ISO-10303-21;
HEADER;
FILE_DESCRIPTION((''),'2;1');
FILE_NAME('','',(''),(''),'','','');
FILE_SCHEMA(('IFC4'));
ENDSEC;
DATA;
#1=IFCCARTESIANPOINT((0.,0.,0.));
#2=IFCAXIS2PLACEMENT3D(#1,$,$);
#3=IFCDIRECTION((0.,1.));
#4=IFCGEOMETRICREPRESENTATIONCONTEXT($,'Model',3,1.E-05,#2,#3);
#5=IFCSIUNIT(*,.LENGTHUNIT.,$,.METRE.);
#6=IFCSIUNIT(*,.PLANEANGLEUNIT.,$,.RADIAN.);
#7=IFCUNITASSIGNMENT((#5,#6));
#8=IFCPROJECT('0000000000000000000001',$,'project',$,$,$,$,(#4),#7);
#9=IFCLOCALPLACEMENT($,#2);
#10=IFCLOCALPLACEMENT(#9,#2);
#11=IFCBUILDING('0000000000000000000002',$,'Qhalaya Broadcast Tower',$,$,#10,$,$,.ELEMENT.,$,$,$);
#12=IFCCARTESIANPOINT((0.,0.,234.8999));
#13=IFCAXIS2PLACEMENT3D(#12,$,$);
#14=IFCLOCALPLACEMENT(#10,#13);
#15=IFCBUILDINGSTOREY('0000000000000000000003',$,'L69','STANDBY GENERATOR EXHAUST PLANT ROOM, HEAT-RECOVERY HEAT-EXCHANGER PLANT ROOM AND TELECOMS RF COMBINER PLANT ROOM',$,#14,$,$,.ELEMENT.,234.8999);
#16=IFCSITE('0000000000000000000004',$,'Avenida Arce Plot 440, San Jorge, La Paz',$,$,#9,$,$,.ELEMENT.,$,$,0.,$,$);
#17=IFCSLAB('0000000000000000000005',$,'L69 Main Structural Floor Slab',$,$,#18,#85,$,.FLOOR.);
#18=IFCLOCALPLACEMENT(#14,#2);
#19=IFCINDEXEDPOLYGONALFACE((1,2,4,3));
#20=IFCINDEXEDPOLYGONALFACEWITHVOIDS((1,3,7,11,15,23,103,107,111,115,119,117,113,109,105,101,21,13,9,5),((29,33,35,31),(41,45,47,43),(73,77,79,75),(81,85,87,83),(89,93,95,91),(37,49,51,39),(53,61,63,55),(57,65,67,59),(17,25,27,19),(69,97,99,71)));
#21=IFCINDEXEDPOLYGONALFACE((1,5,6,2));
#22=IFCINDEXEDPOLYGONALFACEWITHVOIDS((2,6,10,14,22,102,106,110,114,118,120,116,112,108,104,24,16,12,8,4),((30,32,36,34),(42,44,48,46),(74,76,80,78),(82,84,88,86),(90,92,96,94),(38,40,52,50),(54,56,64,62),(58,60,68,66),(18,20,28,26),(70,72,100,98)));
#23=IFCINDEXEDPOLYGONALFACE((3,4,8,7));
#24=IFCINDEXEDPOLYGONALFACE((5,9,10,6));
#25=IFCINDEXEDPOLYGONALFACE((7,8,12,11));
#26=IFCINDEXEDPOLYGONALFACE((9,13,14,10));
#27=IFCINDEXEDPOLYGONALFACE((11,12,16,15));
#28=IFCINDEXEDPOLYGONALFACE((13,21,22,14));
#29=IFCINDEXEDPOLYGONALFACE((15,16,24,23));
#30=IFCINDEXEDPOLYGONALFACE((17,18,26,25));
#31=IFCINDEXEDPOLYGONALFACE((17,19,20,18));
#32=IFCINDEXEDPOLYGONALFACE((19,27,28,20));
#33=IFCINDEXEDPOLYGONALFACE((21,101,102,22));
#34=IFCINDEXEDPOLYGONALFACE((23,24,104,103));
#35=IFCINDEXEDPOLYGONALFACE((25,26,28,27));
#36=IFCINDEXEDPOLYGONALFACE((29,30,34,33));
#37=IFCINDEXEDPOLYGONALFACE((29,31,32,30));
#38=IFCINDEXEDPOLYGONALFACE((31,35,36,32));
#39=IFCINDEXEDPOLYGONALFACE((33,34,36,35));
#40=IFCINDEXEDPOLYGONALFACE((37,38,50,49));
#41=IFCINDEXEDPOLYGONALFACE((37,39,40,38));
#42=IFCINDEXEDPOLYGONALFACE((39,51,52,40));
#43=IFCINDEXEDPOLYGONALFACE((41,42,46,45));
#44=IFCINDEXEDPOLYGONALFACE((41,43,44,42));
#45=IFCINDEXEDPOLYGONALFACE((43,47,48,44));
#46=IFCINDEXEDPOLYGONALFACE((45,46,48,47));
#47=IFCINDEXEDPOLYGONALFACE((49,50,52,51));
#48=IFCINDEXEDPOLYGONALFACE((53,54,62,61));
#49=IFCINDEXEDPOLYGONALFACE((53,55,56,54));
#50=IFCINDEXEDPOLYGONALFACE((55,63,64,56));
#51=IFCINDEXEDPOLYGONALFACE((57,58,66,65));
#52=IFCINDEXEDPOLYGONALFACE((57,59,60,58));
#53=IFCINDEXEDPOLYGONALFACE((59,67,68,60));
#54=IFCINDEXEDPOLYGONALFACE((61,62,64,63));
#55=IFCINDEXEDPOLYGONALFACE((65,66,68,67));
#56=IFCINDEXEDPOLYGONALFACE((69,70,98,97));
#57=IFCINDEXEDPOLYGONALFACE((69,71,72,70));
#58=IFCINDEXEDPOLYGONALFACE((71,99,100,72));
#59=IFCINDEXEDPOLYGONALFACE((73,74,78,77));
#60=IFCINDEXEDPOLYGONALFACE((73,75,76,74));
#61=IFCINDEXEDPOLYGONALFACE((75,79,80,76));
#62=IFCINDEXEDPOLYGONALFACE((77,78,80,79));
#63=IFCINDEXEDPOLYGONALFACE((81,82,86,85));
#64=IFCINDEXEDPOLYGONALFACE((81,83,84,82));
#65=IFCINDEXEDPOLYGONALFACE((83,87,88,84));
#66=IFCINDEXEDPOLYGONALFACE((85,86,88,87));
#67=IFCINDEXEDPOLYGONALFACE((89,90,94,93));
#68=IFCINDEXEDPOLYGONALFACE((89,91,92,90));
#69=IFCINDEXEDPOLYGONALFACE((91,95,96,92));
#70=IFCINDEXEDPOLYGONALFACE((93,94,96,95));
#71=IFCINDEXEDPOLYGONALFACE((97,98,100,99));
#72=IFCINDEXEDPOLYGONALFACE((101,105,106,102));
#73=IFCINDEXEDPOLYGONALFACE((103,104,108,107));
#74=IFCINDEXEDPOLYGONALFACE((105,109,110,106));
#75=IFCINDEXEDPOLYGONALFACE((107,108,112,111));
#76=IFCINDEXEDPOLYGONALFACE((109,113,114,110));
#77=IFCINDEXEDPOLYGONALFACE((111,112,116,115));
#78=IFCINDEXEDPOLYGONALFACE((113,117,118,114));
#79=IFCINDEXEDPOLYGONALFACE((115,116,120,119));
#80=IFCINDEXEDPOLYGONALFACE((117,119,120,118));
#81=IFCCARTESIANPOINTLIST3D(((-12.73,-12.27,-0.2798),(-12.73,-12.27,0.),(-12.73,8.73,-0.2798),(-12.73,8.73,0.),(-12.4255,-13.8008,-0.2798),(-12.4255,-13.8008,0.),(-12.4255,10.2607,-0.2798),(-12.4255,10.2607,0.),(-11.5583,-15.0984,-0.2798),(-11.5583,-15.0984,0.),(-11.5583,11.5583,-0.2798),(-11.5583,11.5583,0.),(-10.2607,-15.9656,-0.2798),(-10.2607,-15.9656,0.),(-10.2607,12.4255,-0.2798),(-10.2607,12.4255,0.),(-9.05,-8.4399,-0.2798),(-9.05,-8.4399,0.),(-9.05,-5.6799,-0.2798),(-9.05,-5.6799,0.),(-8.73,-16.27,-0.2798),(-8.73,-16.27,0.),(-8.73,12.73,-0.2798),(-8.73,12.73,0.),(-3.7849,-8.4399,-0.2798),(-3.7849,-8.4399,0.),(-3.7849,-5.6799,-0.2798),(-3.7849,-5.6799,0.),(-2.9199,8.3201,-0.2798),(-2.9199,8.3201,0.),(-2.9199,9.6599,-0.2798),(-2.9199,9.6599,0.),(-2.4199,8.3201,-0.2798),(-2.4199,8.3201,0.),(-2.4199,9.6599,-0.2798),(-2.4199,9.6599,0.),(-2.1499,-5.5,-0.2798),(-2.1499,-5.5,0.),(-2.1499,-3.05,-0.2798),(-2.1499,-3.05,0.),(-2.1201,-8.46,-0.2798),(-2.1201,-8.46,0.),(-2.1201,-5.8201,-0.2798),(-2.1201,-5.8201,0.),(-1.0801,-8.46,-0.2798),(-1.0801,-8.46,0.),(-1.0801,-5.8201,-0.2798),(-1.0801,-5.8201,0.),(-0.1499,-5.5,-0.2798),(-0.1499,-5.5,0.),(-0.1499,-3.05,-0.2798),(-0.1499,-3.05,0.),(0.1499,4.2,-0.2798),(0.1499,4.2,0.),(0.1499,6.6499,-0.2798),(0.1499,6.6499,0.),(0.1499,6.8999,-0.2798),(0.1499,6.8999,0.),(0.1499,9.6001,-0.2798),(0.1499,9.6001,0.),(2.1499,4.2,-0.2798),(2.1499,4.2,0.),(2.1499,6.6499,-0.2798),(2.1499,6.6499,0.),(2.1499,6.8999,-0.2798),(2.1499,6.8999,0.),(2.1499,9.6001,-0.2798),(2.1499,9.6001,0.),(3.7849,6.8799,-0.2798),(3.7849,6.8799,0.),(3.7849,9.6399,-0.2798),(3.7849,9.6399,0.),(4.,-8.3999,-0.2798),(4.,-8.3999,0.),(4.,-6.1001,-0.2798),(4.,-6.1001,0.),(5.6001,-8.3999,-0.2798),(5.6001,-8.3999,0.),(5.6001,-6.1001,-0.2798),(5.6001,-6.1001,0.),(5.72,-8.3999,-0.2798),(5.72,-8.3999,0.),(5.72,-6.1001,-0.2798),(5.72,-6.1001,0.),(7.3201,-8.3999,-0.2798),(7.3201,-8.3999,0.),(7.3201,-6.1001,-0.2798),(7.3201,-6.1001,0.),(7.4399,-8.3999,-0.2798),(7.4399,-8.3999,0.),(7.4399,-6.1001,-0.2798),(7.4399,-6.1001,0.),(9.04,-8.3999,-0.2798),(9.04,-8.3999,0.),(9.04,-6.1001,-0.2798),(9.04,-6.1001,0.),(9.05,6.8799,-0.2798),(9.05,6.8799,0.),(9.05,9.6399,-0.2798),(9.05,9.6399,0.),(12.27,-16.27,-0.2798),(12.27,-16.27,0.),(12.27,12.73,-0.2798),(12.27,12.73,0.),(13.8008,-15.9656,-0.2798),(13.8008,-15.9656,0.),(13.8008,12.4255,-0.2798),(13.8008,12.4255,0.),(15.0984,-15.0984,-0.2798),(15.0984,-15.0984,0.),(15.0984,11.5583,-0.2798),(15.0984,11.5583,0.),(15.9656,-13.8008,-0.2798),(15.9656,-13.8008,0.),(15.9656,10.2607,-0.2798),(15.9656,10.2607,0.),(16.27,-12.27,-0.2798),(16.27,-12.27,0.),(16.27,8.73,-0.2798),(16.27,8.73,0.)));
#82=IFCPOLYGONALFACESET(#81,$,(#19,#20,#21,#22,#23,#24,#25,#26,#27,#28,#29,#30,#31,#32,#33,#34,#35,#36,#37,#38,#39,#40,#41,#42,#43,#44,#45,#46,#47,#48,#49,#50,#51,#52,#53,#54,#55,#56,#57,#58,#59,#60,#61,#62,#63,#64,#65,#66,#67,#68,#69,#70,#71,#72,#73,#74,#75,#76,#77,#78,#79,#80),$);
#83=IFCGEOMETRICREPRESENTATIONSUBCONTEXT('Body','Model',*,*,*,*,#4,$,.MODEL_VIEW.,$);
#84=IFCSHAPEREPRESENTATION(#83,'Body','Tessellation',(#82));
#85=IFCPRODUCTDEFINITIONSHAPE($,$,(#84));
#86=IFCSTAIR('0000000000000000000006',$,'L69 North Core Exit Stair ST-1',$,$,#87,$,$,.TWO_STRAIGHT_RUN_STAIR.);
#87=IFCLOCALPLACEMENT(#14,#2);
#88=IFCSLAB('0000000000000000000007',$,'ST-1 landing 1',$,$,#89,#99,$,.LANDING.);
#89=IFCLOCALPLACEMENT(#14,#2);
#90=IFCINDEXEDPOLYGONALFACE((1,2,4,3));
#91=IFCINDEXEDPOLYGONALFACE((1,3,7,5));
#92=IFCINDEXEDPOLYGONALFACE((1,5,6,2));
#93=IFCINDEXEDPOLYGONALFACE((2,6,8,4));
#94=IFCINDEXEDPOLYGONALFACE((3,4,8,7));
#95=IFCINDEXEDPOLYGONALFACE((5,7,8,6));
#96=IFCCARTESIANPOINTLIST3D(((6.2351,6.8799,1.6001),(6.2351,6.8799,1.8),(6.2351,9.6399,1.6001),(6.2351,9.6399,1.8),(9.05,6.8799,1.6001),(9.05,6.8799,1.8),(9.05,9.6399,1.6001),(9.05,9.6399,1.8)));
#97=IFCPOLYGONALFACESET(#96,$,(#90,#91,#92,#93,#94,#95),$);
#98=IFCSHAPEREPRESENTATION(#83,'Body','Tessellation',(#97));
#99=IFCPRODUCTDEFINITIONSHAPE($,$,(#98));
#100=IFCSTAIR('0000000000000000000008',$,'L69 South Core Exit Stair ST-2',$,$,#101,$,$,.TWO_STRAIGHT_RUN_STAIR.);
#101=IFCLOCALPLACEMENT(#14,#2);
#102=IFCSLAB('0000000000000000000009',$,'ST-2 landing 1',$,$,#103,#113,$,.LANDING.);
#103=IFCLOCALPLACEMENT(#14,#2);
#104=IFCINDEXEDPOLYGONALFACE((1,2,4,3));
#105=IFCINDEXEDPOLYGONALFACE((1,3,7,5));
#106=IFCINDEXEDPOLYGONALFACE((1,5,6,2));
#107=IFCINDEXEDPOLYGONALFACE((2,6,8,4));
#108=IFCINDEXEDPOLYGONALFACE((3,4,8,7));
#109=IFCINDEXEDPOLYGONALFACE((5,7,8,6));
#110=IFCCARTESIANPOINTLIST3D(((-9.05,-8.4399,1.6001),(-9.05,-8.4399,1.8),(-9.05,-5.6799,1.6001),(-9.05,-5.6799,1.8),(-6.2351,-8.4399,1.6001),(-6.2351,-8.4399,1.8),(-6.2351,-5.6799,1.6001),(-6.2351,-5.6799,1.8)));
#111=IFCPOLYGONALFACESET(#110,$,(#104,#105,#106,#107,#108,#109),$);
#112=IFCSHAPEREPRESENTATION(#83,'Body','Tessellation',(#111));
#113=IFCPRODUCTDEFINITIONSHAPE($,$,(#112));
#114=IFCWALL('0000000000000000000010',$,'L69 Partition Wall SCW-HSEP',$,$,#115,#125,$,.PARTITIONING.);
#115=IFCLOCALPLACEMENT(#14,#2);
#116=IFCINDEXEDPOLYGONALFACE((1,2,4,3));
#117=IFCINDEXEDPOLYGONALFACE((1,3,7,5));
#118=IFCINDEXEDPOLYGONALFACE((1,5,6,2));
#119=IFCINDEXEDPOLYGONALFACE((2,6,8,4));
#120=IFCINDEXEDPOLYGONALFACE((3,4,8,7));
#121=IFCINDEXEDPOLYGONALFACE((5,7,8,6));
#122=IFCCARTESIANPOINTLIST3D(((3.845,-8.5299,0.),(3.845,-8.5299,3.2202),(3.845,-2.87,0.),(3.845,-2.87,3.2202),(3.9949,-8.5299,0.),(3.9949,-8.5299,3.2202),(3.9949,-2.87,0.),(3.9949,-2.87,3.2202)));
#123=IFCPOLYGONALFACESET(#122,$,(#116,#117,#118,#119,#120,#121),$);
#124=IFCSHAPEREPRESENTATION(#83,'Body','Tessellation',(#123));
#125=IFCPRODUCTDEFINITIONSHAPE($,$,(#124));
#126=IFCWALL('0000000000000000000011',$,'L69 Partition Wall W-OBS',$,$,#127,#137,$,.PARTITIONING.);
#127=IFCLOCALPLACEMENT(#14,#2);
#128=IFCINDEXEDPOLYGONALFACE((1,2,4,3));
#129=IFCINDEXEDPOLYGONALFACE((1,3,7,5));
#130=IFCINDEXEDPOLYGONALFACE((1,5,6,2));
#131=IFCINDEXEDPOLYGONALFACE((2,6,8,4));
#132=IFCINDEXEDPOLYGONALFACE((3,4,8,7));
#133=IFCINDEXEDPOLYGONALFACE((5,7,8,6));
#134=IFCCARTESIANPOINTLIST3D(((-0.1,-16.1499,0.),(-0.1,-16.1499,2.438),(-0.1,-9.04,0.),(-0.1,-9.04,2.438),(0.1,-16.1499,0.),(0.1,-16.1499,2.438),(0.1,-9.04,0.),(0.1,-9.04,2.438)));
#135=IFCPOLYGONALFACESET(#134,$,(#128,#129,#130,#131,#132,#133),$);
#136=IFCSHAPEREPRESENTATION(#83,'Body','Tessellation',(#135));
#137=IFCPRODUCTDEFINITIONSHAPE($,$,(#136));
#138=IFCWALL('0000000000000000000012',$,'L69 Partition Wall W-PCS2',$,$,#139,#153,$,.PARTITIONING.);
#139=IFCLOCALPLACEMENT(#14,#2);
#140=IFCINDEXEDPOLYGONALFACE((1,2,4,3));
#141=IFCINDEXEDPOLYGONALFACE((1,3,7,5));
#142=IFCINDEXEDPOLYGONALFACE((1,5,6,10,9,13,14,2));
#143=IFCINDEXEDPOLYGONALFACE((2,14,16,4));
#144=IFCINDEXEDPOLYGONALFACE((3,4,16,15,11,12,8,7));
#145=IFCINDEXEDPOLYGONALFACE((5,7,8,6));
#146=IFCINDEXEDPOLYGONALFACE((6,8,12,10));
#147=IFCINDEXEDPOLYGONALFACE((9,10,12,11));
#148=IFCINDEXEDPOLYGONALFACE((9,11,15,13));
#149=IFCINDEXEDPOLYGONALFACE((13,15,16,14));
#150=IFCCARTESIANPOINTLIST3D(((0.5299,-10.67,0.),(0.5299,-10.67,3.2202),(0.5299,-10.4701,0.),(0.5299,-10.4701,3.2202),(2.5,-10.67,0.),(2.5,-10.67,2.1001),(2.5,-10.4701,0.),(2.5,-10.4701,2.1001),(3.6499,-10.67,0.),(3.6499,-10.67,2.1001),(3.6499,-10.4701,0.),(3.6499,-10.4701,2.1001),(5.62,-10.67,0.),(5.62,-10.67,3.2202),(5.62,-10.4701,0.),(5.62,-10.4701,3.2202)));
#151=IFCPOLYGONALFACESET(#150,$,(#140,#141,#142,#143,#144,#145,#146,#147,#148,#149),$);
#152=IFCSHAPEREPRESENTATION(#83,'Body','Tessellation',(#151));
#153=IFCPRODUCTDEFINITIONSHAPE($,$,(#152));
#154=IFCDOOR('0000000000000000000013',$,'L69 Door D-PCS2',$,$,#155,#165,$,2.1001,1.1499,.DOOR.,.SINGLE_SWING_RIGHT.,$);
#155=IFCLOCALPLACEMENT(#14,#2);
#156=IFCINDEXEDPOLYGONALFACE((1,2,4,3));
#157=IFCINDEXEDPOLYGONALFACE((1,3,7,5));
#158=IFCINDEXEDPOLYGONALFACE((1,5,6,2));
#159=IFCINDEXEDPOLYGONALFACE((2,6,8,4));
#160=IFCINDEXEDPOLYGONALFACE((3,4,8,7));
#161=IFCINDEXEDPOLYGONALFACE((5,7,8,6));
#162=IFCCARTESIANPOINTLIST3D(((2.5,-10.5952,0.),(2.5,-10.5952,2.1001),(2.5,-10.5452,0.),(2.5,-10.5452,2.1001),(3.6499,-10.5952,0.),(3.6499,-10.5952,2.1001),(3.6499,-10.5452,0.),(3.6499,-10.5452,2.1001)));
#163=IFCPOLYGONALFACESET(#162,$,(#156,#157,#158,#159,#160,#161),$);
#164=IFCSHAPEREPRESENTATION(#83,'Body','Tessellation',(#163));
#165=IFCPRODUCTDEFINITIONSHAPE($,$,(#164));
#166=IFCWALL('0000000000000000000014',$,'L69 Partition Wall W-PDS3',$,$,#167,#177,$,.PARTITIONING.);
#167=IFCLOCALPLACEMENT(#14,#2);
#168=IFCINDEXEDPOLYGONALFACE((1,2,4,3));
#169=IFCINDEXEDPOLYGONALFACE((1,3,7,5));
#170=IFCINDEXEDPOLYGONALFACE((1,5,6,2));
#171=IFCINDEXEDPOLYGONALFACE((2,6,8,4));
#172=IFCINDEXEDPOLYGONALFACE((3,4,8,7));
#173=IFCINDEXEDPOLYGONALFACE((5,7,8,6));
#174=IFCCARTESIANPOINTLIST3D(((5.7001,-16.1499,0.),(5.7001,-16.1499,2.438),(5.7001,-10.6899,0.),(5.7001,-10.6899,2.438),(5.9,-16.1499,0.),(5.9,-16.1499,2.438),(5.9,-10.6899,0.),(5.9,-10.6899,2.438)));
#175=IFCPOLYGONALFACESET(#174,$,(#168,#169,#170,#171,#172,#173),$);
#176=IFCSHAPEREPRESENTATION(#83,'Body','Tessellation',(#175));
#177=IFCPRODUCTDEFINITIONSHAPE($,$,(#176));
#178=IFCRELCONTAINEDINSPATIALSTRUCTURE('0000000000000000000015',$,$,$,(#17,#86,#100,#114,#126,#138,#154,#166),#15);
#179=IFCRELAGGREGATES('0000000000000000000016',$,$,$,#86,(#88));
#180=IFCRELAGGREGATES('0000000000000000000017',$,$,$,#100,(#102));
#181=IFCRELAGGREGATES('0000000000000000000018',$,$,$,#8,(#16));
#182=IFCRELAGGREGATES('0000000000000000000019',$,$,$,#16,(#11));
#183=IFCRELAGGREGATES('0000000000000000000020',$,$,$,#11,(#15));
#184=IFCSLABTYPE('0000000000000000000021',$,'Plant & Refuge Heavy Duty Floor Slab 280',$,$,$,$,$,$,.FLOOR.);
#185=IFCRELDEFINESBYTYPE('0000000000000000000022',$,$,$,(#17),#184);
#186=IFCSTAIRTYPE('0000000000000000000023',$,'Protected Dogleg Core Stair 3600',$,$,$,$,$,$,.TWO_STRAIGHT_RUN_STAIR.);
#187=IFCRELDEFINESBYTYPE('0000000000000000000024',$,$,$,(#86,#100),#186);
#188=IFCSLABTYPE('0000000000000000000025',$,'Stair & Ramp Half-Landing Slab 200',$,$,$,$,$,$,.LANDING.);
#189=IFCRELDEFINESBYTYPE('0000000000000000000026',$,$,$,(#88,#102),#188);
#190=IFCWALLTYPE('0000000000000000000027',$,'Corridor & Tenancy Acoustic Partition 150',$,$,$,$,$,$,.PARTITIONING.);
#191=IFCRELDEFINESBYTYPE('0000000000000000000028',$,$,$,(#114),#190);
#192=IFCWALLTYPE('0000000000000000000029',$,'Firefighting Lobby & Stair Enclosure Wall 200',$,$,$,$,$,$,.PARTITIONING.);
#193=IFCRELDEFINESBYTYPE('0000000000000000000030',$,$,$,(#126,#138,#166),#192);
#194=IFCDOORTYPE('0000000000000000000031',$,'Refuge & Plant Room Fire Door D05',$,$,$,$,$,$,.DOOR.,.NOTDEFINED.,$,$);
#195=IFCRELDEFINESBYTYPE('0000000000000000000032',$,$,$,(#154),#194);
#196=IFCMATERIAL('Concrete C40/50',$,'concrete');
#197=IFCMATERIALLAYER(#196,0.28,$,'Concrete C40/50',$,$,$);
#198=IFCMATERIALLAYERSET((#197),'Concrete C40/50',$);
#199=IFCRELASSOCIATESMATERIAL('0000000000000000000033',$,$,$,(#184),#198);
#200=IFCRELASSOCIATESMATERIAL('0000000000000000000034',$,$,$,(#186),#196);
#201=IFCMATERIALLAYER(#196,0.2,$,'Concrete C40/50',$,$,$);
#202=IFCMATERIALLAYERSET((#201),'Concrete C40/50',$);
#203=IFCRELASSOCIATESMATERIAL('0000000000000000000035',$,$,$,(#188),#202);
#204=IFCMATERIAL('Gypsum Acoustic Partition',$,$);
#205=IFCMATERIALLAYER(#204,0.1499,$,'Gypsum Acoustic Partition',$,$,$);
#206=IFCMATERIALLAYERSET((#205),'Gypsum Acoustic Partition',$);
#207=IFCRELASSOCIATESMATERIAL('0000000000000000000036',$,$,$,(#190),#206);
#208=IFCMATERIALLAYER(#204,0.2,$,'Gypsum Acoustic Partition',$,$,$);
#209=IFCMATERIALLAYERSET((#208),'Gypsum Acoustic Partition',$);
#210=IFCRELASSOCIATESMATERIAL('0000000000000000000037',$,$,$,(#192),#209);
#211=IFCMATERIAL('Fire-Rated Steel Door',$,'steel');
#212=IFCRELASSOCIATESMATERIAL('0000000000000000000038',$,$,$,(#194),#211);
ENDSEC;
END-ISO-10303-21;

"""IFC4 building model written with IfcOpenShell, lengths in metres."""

from ifc_helpers import new_model, si_unit, direction, frame, frame_2d, origin, place, context, subcontext, project, spatial, polyline, rectangle, outline, extrude, material, layer, layer_set, type_object, element, fill, aggregate, save


model = new_model("IFC4")

# Units and contexts
model_context = context("Model", 3, precision=1e-05, world=origin(), true_north=direction((0.0, 1.0)))
body_context = subcontext(model_context, "Body", "Model", "MODEL_VIEW")
ifc_project = project(units=[si_unit("LENGTHUNIT", "METRE"), si_unit("PLANEANGLEUNIT", "RADIAN")], contexts=[model_context])

# Site, building, storey
site_placement = place(None, origin())
site = spatial("IfcSite", under=ifc_project, at=site_placement, Name="Avenida Arce Plot 440, San Jorge, La Paz", CompositionType="ELEMENT", RefElevation=0.0)
building_placement = place(site_placement, origin())
building = spatial("IfcBuilding", under=site, at=building_placement, Name="Qhalaya Broadcast Tower", CompositionType="ELEMENT")
storey_placement = place(building_placement, frame((0.0, 0.0, 234.8999)))
storey = spatial("IfcBuildingStorey", under=building, at=storey_placement, Name="L69", Description="STANDBY GENERATOR EXHAUST PLANT ROOM, HEAT-RECOVERY HEAT-EXCHANGER PLANT ROOM AND TELECOMS RF COMBINER PLANT ROOM", CompositionType="ELEMENT", Elevation=234.8999)

# Slab
ifc_material_1 = material(Name="Concrete C40/50", Category="concrete")
ifc_layer_1 = layer(ifc_material_1, 0.28, Name="Concrete C40/50")
ifc_layer_set_1 = layer_set([ifc_layer_1], Name="Concrete C40/50")
slab_type_1 = type_object("IfcSlabType", Name="Plant & Refuge Heavy Duty Floor Slab 280", PredefinedType="FLOOR", material=ifc_layer_set_1)
slab_1_placement = place(storey_placement, frame((0.0, 0.0, -0.2798)))
element("IfcSlab", 1, at=slab_1_placement, inside=storey, type_object=slab_type_1, Name="L69 Main Structural Floor Slab", PredefinedType="FLOOR", context=body_context, shape_type="SweptSolid", body=[
    extrude(outline(polyline([(12.27, -16.27), (13.8008, -15.9656), (15.0984, -15.0984), (15.9656, -13.8008), (16.27, -12.27), (16.27, 8.73), (15.9656, 10.2607), (15.0984, 11.5583), (13.8008, 12.4255), (12.27, 12.73), (-8.73, 12.73), (-10.2607, 12.4255), (-11.5583, 11.5583), (-12.4255, 10.2607), (-12.73, 8.73), (-12.73, -12.27), (-12.4255, -13.8008), (-11.5583, -15.0984), (-10.2607, -15.9656), (-8.73, -16.27), (12.27, -16.27)]), holes=[polyline([(3.7849, 9.6399), (9.05, 9.6399), (9.05, 6.8799), (3.7849, 6.8799), (3.7849, 9.6399)]), polyline([(-3.7849, -8.4399), (-9.05, -8.4399), (-9.05, -5.6799), (-3.7849, -5.6799), (-3.7849, -8.4399)]), polyline([(0.1499, 6.6499), (2.1499, 6.6499), (2.1499, 4.2), (0.1499, 4.2), (0.1499, 6.6499)]), polyline([(0.1499, 9.6001), (2.1499, 9.6001), (2.1499, 6.8999), (0.1499, 6.8999), (0.1499, 9.6001)]), polyline([(-2.1499, -3.05), (-0.1499, -3.05), (-0.1499, -5.5), (-2.1499, -5.5), (-2.1499, -3.05)]), polyline([(4.0, -6.1001), (5.6001, -6.1001), (5.6001, -8.3999), (4.0, -8.3999), (4.0, -6.1001)]), polyline([(5.72, -6.1001), (7.3201, -6.1001), (7.3201, -8.3999), (5.72, -8.3999), (5.72, -6.1001)]), polyline([(7.4399, -6.1001), (9.04, -6.1001), (9.04, -8.3999), (7.4399, -8.3999), (7.4399, -6.1001)]), polyline([(-2.9199, 9.6599), (-2.4199, 9.6599), (-2.4199, 8.3201), (-2.9199, 8.3201), (-2.9199, 9.6599)]), polyline([(-2.1201, -5.8201), (-1.0801, -5.8201), (-1.0801, -8.46), (-2.1201, -8.46), (-2.1201, -5.8201)])]), origin(), (0.0, 0.0, 1.0), 0.2798),
])

# Stairs, slabs
stair_type = type_object("IfcStairType", Name="Protected Dogleg Core Stair 3600", PredefinedType="TWO_STRAIGHT_RUN_STAIR", material=ifc_material_1)
stair_1_placement = place(storey_placement, origin())
stair_1 = element("IfcStair", 2, at=stair_1_placement, inside=storey, type_object=stair_type, Name="L69 North Core Exit Stair ST-1", PredefinedType="TWO_STRAIGHT_RUN_STAIR")
ifc_layer_2 = layer(ifc_material_1, 0.2, Name="Concrete C40/50")
ifc_layer_set_2 = layer_set([ifc_layer_2], Name="Concrete C40/50")
slab_type_2 = type_object("IfcSlabType", Name="Stair & Ramp Half-Landing Slab 200", PredefinedType="LANDING", material=ifc_layer_set_2)
slab_2_placement = place(storey_placement, frame((0.0, 0.0, 1.6001)))
slab_2 = element("IfcSlab", 3, at=slab_2_placement, type_object=slab_type_2, Name="ST-1 landing 1", PredefinedType="LANDING", context=body_context, shape_type="SweptSolid", body=[
    extrude(outline(polyline([(6.2351, 6.8799), (9.05, 6.8799), (9.05, 9.6399), (6.2351, 9.6399), (6.2351, 6.8799)])), origin(), (0.0, 0.0, 1.0), 0.2),
])
aggregate(stair_1, [slab_2])
stair_2_placement = place(storey_placement, origin())
stair_2 = element("IfcStair", 4, at=stair_2_placement, inside=storey, type_object=stair_type, Name="L69 South Core Exit Stair ST-2", PredefinedType="TWO_STRAIGHT_RUN_STAIR")
slab_3_placement = place(storey_placement, frame((0.0, 0.0, 1.6001)))
slab_3 = element("IfcSlab", 5, at=slab_3_placement, type_object=slab_type_2, Name="ST-2 landing 1", PredefinedType="LANDING", context=body_context, shape_type="SweptSolid", body=[
    extrude(outline(polyline([(-6.2351, -5.6799), (-9.05, -5.6799), (-9.05, -8.4399), (-6.2351, -8.4399), (-6.2351, -5.6799)])), origin(), (0.0, 0.0, 1.0), 0.2),
])
aggregate(stair_2, [slab_3])

# Walls
ifc_material_2 = material(Name="Gypsum Acoustic Partition")
ifc_layer_3 = layer(ifc_material_2, 0.1499, Name="Gypsum Acoustic Partition")
ifc_layer_set_3 = layer_set([ifc_layer_3], Name="Gypsum Acoustic Partition")
wall_type_1 = type_object("IfcWallType", Name="Corridor & Tenancy Acoustic Partition 150", PredefinedType="PARTITIONING", material=ifc_layer_set_3)
wall_1_placement = place(storey_placement, frame((3.9199, -8.53, 0.0), z_axis=(0.0, 0.0, 1.0), x_axis=(0.0, 1.0, 0.0)))
element("IfcWall", 6, at=wall_1_placement, inside=storey, type_object=wall_type_1, Name="L69 Partition Wall SCW-HSEP", PredefinedType="PARTITIONING", context=body_context, shape_type="SweptSolid", body=[
    extrude(rectangle(XDim=5.6599, YDim=0.1499, at=frame_2d((2.8301, 0.0))), origin(), (0.0, 0.0, 1.0), 3.2202),
])
ifc_layer_4 = layer(ifc_material_2, 0.2, Name="Gypsum Acoustic Partition")
ifc_layer_set_4 = layer_set([ifc_layer_4], Name="Gypsum Acoustic Partition")
wall_type_2 = type_object("IfcWallType", Name="Firefighting Lobby & Stair Enclosure Wall 200", PredefinedType="PARTITIONING", material=ifc_layer_set_4)
wall_2_placement = place(storey_placement, frame((0.0, -16.1499, 0.0), z_axis=(0.0, 0.0, 1.0), x_axis=(0.0, 1.0, 0.0)))
element("IfcWall", 7, at=wall_2_placement, inside=storey, type_object=wall_type_2, Name="L69 Partition Wall W-OBS", PredefinedType="PARTITIONING", context=body_context, shape_type="SweptSolid", body=[
    extrude(rectangle(XDim=7.1099, YDim=0.2, at=frame_2d((3.5549, 0.0))), origin(), (0.0, 0.0, 1.0), 2.438),
])

# Wall, opening, door
wall_3_placement = place(storey_placement, frame((0.53, -10.5701, 0.0), z_axis=(0.0, 0.0, 1.0), x_axis=(1.0, 0.0, 0.0)))
wall_3 = element("IfcWall", 8, at=wall_3_placement, inside=storey, type_object=wall_type_2, Name="L69 Partition Wall W-PCS2", PredefinedType="PARTITIONING", context=body_context, shape_type="SweptSolid", body=[
    extrude(rectangle(XDim=5.0901, YDim=0.2, at=frame_2d((2.5449, 0.0))), origin(), (0.0, 0.0, 1.0), 3.2202),
])
opening_1_placement = place(wall_3_placement, frame((1.97, 0.0, 0.0)))
opening_1 = element("IfcOpeningElement", 9, at=opening_1_placement, cuts=wall_3, PredefinedType="OPENING", context=body_context, shape_type="SweptSolid", body=[
    extrude(rectangle(XDim=1.1499, YDim=2.1001, at=frame_2d((0.575, 1.05))), frame((0.0, 0.1121, 0.0), z_axis=(0.0, -1.0, 0.0), x_axis=(1.0, 0.0, 0.0)), (0.0, 0.0, 1.0), 0.2239),
])
ifc_material_3 = material(Name="Fire-Rated Steel Door", Category="steel")
door_type_1 = type_object("IfcDoorType", Name="Refuge & Plant Room Fire Door D05", OperationType="NOTDEFINED", PredefinedType="DOOR", material=ifc_material_3)
door_1_placement = place(opening_1_placement, origin())
door_1 = element("IfcDoor", 10, at=door_1_placement, inside=storey, type_object=door_type_1, Name="L69 Door D-PCS2", OperationType="SINGLE_SWING_RIGHT", OverallHeight=2.1001, OverallWidth=1.1499, PredefinedType="DOOR", context=body_context, shape_type="SweptSolid", body=[
    extrude(rectangle(XDim=1.1499, YDim=2.1001, at=frame_2d((0.575, 1.05))), frame((0.0, 0.0249, 0.0), z_axis=(0.0, -1.0, 0.0), x_axis=(1.0, 0.0, 0.0)), (0.0, 0.0, 1.0), 0.05),
])
fill(opening_1, door_1)

# Wall
wall_4_placement = place(storey_placement, frame((5.8, -16.1499, 0.0), z_axis=(0.0, 0.0, 1.0), x_axis=(0.0, 1.0, 0.0)))
element("IfcWall", 11, at=wall_4_placement, inside=storey, type_object=wall_type_2, Name="L69 Partition Wall W-PDS3", PredefinedType="PARTITIONING", context=body_context, shape_type="SweptSolid", body=[
    extrude(rectangle(XDim=5.46, YDim=0.2, at=frame_2d((2.73, 0.0))), origin(), (0.0, 0.0, 1.0), 2.438),
])

save(model, "model.ifc")
